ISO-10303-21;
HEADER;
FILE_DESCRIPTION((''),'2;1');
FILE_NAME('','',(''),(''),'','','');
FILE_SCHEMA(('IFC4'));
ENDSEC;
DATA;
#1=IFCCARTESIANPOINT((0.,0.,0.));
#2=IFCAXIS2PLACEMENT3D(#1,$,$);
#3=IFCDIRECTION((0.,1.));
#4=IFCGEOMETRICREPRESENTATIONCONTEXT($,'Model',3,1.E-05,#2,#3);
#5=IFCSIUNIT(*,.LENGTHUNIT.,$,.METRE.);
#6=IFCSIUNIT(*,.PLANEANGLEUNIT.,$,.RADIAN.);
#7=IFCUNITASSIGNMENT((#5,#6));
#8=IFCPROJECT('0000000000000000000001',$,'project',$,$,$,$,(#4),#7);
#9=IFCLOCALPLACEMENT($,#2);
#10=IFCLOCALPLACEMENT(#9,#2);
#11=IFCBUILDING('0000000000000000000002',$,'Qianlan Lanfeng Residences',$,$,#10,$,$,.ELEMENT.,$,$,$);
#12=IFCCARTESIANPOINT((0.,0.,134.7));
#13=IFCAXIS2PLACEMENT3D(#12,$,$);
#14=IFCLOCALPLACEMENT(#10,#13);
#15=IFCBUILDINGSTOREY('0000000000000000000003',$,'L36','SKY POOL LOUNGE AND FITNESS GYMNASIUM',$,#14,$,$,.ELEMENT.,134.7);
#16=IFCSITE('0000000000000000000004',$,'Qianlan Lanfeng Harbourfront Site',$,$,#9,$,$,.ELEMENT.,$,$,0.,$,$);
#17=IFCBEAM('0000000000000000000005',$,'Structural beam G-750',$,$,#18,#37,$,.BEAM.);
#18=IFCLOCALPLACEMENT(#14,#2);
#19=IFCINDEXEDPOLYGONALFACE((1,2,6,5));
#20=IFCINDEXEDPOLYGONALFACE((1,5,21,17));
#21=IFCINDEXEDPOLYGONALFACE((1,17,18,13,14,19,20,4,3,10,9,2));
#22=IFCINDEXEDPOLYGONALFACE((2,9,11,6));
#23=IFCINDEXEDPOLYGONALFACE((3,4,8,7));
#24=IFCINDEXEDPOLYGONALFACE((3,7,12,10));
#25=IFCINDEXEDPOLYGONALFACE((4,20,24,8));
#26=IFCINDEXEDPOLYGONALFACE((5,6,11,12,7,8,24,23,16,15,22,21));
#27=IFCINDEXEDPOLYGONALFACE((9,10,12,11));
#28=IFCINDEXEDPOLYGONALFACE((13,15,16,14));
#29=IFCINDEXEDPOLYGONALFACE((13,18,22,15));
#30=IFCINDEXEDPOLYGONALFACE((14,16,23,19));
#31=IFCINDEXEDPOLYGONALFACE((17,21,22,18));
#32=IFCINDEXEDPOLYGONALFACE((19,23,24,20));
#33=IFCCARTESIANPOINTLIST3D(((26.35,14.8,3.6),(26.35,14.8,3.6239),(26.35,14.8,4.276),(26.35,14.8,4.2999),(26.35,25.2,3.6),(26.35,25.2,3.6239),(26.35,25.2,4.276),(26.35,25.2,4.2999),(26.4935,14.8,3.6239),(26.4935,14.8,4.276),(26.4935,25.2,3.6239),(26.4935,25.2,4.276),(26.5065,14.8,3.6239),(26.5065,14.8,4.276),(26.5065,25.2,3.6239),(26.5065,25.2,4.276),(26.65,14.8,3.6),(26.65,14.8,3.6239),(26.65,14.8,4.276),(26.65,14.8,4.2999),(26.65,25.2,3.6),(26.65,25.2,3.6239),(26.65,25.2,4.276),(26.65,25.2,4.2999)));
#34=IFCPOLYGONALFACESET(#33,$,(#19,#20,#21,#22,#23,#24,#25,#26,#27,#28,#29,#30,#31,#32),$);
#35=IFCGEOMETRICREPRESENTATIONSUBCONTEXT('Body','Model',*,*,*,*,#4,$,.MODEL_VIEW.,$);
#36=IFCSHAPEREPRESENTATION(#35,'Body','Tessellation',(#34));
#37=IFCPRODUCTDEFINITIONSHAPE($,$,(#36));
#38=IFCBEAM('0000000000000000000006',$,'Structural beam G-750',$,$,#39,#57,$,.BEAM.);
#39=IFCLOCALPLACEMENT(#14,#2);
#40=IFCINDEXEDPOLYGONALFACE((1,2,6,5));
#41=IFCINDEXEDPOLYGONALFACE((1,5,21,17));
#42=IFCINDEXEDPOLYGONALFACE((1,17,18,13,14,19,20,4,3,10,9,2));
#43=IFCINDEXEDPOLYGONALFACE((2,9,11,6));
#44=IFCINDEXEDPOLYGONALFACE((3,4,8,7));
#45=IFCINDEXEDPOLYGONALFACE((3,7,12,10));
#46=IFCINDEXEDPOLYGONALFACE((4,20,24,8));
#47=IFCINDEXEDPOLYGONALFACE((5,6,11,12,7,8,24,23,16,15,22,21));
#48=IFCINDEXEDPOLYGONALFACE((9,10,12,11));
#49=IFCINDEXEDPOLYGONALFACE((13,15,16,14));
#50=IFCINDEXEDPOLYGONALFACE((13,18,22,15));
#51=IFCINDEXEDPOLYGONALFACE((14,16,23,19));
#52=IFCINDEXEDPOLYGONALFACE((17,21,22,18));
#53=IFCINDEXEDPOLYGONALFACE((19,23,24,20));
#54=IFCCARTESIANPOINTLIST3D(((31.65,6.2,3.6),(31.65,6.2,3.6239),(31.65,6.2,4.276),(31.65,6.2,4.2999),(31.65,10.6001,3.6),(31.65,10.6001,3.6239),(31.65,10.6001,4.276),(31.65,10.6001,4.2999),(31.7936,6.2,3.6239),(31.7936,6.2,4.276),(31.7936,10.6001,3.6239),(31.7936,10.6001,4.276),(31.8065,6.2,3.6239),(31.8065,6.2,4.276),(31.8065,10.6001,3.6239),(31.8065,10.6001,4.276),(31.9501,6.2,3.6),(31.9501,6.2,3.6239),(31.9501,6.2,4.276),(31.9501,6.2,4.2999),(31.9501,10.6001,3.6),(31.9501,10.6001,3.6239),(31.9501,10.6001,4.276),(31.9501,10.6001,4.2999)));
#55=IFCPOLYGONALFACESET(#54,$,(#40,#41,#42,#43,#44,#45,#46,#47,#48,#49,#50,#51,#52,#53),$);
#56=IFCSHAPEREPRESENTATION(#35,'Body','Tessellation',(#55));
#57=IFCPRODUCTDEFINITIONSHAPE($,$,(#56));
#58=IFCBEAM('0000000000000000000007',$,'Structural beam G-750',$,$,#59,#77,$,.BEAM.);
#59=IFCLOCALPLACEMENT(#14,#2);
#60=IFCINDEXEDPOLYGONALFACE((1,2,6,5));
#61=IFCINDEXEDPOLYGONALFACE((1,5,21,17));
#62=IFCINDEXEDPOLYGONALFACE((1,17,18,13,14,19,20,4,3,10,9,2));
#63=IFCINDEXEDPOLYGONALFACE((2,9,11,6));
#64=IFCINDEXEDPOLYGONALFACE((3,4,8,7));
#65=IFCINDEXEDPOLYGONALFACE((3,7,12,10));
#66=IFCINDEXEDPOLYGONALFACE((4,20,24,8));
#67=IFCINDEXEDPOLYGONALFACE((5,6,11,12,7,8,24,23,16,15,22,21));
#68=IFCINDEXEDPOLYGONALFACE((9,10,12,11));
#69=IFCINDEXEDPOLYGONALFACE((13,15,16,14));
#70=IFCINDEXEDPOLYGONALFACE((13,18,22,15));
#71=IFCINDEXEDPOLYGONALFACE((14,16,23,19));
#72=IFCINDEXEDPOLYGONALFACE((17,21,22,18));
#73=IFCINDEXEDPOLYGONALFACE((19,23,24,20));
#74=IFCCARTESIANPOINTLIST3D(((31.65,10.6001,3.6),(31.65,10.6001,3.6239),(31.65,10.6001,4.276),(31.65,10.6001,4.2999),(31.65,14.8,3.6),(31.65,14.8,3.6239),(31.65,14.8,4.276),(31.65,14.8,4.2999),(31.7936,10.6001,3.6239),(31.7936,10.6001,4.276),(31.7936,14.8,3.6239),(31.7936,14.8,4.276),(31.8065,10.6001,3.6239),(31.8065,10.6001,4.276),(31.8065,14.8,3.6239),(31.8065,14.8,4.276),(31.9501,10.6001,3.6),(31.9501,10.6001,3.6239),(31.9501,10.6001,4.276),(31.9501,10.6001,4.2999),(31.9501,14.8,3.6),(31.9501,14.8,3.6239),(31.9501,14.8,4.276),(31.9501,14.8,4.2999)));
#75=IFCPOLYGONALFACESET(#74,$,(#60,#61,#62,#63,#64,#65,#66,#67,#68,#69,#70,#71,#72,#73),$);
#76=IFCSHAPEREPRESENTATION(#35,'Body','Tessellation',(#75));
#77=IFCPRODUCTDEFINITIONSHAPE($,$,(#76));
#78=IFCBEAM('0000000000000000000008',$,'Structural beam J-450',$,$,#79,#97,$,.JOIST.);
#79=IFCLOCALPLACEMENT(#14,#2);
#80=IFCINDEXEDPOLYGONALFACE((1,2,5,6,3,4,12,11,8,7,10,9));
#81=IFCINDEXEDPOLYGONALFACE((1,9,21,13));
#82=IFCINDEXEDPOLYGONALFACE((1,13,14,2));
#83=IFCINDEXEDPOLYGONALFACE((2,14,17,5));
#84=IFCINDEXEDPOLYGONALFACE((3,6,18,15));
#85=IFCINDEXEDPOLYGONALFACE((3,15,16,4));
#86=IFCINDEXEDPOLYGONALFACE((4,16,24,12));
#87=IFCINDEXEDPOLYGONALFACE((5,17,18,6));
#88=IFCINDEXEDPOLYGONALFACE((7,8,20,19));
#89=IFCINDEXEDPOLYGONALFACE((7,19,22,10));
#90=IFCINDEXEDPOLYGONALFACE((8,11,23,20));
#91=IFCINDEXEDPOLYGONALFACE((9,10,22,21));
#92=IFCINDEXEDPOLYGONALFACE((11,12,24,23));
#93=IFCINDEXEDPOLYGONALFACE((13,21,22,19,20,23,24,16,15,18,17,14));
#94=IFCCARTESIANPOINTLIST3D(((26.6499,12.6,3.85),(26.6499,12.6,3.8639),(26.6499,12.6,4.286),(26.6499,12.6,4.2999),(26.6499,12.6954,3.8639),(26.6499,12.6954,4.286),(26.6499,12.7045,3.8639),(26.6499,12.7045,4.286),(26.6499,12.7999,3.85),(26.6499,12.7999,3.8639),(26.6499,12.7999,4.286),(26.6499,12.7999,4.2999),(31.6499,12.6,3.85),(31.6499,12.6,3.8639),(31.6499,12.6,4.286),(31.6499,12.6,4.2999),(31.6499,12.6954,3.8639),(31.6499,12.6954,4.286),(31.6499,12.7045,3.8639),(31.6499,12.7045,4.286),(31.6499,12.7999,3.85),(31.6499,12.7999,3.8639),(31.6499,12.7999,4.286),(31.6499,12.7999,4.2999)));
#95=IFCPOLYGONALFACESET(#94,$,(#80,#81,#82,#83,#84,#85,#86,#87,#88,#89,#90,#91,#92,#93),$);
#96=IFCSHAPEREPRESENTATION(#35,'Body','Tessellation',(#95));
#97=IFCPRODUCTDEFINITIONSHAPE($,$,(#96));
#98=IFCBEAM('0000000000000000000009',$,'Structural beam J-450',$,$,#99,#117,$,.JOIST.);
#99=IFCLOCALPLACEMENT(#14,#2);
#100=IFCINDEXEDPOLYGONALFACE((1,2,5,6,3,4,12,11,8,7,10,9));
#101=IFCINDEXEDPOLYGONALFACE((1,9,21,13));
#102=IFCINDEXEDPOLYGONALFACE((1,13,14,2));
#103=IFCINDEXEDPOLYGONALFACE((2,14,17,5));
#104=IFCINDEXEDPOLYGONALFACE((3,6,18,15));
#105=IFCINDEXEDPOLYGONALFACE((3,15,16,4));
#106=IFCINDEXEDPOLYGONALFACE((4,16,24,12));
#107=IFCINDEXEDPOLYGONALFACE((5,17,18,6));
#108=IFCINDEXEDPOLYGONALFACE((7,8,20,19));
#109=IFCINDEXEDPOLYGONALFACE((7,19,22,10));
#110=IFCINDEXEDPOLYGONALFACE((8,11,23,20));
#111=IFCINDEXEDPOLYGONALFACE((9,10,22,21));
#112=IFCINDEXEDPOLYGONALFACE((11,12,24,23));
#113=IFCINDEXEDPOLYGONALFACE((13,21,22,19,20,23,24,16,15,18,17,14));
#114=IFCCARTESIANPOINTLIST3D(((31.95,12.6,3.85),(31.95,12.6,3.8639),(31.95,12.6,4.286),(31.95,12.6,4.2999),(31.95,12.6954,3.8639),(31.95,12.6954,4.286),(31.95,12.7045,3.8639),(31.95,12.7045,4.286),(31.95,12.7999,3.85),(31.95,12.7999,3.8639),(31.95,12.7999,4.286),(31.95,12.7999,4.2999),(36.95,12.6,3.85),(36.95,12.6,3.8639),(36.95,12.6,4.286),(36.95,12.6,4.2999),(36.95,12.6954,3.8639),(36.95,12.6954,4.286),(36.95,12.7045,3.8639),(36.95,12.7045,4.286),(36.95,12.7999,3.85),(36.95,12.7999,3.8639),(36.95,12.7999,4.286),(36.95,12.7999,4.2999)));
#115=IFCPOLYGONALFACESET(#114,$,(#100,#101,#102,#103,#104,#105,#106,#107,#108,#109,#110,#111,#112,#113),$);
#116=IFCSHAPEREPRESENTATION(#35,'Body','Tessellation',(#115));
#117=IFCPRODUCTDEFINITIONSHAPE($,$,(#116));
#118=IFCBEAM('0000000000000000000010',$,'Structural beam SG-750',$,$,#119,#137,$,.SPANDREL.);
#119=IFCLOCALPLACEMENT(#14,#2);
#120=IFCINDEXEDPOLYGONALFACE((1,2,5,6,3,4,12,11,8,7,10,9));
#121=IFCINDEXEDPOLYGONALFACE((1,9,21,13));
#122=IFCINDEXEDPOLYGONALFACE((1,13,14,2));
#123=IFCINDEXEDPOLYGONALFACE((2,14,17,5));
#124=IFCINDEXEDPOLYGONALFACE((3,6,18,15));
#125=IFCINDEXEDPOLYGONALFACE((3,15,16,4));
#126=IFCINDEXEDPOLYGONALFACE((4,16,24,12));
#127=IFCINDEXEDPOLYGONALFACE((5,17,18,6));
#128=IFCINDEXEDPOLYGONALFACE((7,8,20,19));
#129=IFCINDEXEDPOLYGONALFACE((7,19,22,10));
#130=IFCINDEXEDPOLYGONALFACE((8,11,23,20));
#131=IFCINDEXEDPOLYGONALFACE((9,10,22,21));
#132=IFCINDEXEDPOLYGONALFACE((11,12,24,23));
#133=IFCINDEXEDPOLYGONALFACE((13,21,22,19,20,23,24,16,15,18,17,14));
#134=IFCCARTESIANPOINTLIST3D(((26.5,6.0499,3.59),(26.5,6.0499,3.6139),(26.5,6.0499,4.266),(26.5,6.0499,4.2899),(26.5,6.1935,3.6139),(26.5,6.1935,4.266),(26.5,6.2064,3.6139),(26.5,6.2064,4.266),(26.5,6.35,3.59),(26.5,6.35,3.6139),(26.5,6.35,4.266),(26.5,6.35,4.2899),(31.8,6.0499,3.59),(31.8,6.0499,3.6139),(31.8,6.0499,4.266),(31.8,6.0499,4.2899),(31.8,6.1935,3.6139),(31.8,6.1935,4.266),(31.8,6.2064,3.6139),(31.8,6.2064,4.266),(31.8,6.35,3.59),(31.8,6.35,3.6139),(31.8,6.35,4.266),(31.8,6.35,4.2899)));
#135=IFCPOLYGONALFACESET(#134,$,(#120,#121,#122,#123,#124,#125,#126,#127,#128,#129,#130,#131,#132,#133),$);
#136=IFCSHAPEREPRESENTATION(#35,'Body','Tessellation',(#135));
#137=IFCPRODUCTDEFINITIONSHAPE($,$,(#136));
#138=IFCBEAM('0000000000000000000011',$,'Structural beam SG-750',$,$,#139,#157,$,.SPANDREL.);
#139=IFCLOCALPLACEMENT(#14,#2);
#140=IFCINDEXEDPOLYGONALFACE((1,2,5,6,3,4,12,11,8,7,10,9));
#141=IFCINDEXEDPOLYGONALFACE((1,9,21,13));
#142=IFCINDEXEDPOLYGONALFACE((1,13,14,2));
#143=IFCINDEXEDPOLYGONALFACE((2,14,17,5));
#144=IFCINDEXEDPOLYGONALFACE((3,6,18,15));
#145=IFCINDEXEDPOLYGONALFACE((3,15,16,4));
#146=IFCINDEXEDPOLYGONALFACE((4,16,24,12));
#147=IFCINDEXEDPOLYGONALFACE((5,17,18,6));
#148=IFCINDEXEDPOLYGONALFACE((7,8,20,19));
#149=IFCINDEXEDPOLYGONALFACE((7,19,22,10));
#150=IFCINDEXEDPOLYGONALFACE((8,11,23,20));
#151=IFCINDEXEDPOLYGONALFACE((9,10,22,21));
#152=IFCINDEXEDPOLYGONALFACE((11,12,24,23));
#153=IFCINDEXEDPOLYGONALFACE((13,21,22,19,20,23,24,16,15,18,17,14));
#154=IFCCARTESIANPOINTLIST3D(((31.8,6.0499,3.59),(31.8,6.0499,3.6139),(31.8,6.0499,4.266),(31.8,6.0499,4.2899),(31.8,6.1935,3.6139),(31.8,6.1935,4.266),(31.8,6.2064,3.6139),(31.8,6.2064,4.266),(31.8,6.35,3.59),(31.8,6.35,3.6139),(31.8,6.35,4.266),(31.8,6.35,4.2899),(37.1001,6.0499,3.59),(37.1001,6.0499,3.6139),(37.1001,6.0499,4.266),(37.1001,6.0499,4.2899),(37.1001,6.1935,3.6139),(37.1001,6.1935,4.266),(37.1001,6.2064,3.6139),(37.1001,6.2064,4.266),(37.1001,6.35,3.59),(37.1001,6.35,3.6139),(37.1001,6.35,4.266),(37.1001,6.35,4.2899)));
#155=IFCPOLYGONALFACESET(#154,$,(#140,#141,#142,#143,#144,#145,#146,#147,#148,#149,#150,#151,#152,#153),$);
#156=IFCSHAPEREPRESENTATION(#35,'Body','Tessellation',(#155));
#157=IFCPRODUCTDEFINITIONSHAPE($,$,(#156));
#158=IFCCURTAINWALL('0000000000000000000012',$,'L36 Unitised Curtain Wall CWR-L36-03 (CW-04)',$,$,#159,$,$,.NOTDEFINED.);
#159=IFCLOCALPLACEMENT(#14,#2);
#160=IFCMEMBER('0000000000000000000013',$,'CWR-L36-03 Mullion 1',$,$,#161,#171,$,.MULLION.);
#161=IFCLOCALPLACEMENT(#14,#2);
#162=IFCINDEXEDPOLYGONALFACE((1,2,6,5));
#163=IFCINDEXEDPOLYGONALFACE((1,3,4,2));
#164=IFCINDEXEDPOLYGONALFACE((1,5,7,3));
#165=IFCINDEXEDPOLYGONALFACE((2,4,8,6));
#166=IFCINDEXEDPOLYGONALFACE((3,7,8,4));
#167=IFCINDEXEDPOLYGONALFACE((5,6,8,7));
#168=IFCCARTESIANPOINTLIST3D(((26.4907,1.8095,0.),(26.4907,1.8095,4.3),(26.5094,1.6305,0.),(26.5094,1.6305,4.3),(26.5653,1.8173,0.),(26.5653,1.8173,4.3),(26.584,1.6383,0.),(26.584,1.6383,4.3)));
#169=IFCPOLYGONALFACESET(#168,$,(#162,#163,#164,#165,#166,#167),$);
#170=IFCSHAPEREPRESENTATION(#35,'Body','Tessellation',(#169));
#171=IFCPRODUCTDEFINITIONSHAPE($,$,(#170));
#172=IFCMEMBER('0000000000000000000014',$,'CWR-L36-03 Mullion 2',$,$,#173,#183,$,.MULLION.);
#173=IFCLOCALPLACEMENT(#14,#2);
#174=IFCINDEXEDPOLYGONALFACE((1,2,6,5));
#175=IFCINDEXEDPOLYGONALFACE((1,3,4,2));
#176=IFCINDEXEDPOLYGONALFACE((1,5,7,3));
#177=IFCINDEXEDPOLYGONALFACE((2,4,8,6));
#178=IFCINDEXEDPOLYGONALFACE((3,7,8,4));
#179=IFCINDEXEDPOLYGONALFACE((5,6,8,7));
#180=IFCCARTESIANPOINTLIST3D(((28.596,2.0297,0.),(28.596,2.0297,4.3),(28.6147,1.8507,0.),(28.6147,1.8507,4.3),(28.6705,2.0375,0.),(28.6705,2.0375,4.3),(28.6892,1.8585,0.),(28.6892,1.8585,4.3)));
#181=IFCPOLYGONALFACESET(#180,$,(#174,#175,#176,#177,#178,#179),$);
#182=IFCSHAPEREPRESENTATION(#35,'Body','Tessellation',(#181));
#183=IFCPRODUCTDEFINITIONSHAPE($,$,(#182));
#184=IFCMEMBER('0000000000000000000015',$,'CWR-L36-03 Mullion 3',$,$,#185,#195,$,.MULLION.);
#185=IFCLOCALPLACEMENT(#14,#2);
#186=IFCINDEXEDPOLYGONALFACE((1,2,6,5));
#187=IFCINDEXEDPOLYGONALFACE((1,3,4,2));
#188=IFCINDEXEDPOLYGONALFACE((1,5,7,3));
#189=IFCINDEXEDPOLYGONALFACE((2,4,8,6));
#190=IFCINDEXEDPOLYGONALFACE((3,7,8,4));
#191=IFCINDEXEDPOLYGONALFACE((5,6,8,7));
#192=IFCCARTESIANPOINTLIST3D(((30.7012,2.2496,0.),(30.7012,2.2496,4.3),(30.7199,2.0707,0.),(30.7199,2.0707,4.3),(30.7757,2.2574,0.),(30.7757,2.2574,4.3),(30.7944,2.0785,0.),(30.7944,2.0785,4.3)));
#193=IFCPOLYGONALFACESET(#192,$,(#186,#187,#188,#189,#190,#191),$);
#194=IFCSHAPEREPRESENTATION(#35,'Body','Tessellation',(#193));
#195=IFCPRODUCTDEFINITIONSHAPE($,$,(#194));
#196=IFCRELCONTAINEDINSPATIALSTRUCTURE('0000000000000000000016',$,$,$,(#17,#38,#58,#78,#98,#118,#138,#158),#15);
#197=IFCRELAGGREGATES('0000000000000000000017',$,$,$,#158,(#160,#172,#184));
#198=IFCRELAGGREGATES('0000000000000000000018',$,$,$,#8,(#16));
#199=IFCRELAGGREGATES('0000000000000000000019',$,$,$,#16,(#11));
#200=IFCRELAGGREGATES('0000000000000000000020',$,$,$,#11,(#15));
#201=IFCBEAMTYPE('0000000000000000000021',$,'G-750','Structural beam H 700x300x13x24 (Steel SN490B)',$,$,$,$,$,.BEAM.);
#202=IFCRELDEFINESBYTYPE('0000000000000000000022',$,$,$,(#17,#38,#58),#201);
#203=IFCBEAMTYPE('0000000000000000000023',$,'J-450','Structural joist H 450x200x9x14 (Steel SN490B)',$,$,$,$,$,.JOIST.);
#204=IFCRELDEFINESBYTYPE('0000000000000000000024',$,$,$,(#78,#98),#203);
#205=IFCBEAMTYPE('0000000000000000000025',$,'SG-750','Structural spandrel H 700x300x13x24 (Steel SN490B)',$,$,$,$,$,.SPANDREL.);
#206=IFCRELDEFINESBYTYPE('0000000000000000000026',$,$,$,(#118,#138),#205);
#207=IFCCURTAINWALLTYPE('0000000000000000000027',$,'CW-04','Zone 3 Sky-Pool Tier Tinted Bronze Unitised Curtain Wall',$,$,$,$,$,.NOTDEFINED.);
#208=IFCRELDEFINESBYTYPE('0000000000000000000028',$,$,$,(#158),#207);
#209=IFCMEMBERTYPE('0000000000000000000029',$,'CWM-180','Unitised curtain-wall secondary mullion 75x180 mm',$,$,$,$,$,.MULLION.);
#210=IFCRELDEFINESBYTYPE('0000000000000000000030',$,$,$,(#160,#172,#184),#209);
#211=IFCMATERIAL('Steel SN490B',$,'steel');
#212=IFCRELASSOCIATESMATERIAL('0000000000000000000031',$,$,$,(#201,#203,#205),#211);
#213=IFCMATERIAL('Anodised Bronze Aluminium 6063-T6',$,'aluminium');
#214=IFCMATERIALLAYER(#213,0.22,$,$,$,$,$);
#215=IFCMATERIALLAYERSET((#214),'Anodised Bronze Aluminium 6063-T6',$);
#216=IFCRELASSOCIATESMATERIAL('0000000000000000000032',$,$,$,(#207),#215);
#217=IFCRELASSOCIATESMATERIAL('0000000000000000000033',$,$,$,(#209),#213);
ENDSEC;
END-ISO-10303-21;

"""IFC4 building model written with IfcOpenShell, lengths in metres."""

from ifc_helpers import new_model, si_unit, direction, frame, origin, origin_2d, place, context, subcontext, project, spatial, rectangle, i_section, extrude, source, transform, mapped, material, layer, layer_set, material_profile, profile_set, type_object, element, aggregate, save


model = new_model("IFC4")

# Units and contexts
model_context = context("Model", 3, precision=1e-05, world=origin(), true_north=direction((0.0, 1.0)))
body_context = subcontext(model_context, "Body", "Model", "MODEL_VIEW")
ifc_project = project(units=[si_unit("LENGTHUNIT", "METRE"), si_unit("PLANEANGLEUNIT", "RADIAN")], contexts=[model_context])

# Site, building, storey
site_placement = place(None, origin())
site = spatial("IfcSite", under=ifc_project, at=site_placement, Name="Qianlan Lanfeng Harbourfront Site", CompositionType="ELEMENT", RefElevation=0.0)
building_placement = place(site_placement, origin())
building = spatial("IfcBuilding", under=site, at=building_placement, Name="Qianlan Lanfeng Residences", CompositionType="ELEMENT")
storey_placement = place(building_placement, frame((0.0, 0.0, 134.7)))
storey = spatial("IfcBuildingStorey", under=building, at=storey_placement, Name="L36", Description="SKY POOL LOUNGE AND FITNESS GYMNASIUM", CompositionType="ELEMENT", Elevation=134.7)

# Shared definitions
ifc_material_1 = material(Name="Steel SN490B", Category="steel")

# Beams
ifc_material_profile_1 = material_profile(ifc_material_1, i_section(OverallWidth=0.3, OverallDepth=0.7, WebThickness=0.0129, FlangeThickness=0.0239, at=origin_2d()), Name="H 700x300x13x24")
ifc_profile_set_1 = profile_set([ifc_material_profile_1], Name="Steel SN490B")
beam_type_1 = type_object("IfcBeamType", Name="G-750", Description="Structural beam H 700x300x13x24 (Steel SN490B)", PredefinedType="BEAM", material=ifc_profile_set_1)
beam_1_placement = place(storey_placement, frame((26.5, 14.8, 3.95), z_axis=(0.0, 1.0, 0.0), x_axis=(-1.0, 0.0, 0.0)))
element("IfcBeam", 1, at=beam_1_placement, inside=storey, type_object=beam_type_1, Name="Structural beam G-750", PredefinedType="BEAM", context=body_context, shape_type="SweptSolid", body=[
    extrude(i_section(OverallWidth=0.3, OverallDepth=0.7, WebThickness=0.0129, FlangeThickness=0.0239, at=origin_2d()), origin(), (0.0, 0.0, 1.0), 10.3999),
])
beam_2_placement = place(storey_placement, frame((31.8, 6.2, 3.95), z_axis=(0.0, 1.0, 0.0), x_axis=(-1.0, 0.0, 0.0)))
element("IfcBeam", 2, at=beam_2_placement, inside=storey, type_object=beam_type_1, Name="Structural beam G-750", PredefinedType="BEAM", context=body_context, shape_type="SweptSolid", body=[
    extrude(i_section(OverallWidth=0.3, OverallDepth=0.7, WebThickness=0.0129, FlangeThickness=0.0239, at=origin_2d()), origin(), (0.0, 0.0, 1.0), 4.4001),
])
beam_3_placement = place(storey_placement, frame((31.8, 10.6001, 3.95), z_axis=(0.0, 1.0, 0.0), x_axis=(-1.0, 0.0, 0.0)))
element("IfcBeam", 3, at=beam_3_placement, inside=storey, type_object=beam_type_1, Name="Structural beam G-750", PredefinedType="BEAM", context=body_context, shape_type="SweptSolid", body=[
    extrude(i_section(OverallWidth=0.3, OverallDepth=0.7, WebThickness=0.0129, FlangeThickness=0.0239, at=origin_2d()), origin(), (0.0, 0.0, 1.0), 4.2),
])
ifc_material_profile_2 = material_profile(ifc_material_1, i_section(OverallWidth=0.2, OverallDepth=0.45, WebThickness=0.009, FlangeThickness=0.0139, at=origin_2d()), Name="H 450x200x9x14")
ifc_profile_set_2 = profile_set([ifc_material_profile_2], Name="Steel SN490B")
beam_type_2 = type_object("IfcBeamType", Name="J-450", Description="Structural joist H 450x200x9x14 (Steel SN490B)", PredefinedType="JOIST", material=ifc_profile_set_2)
for number, where, z_axis, x_axis, name in (
    (4, (26.6499, 12.7, 4.075), (1.0, 0.0, 0.0), (0.0, 1.0, 0.0), "Structural beam J-450"),
    (5, (31.95, 12.7, 4.075), (1.0, 0.0, 0.0), (0.0, 1.0, 0.0), "Structural beam J-450"),
):
    element("IfcBeam", number, at=place(storey_placement, frame(where, z_axis=z_axis, x_axis=x_axis)), inside=storey, type_object=beam_type_2, Name=name, PredefinedType="JOIST", context=body_context, shape_type="SweptSolid", body=[
        extrude(i_section(OverallWidth=0.2, OverallDepth=0.45, WebThickness=0.009, FlangeThickness=0.0139, at=origin_2d()), origin(), (0.0, 0.0, 1.0), 5.0),
    ])
ifc_material_profile_3 = material_profile(ifc_material_1, i_section(OverallWidth=0.3, OverallDepth=0.7, WebThickness=0.0129, FlangeThickness=0.0239, at=origin_2d()), Name="H 700x300x13x24")
ifc_profile_set_3 = profile_set([ifc_material_profile_3], Name="Steel SN490B")
beam_type_3 = type_object("IfcBeamType", Name="SG-750", Description="Structural spandrel H 700x300x13x24 (Steel SN490B)", PredefinedType="SPANDREL", material=ifc_profile_set_3)
for number, where, z_axis, x_axis, name in (
    (6, (26.5, 6.2, 3.9399), (1.0, 0.0, 0.0), (0.0, 1.0, 0.0), "Structural beam SG-750"),
    (7, (31.8, 6.2, 3.9399), (1.0, 0.0, 0.0), (0.0, 1.0, 0.0), "Structural beam SG-750"),
):
    element("IfcBeam", number, at=place(storey_placement, frame(where, z_axis=z_axis, x_axis=x_axis)), inside=storey, type_object=beam_type_3, Name=name, PredefinedType="SPANDREL", context=body_context, shape_type="SweptSolid", body=[
        extrude(i_section(OverallWidth=0.3, OverallDepth=0.7, WebThickness=0.0129, FlangeThickness=0.0239, at=origin_2d()), origin(), (0.0, 0.0, 1.0), 5.3),
    ])

# Curtain wall, members
ifc_material_2 = material(Name="Anodised Bronze Aluminium 6063-T6", Category="aluminium")
ifc_layer_1 = layer(ifc_material_2, 0.22)
ifc_layer_set_1 = layer_set([ifc_layer_1], Name="Anodised Bronze Aluminium 6063-T6")
curtain_wall_type = type_object("IfcCurtainWallType", Name="CW-04", Description="Zone 3 Sky-Pool Tier Tinted Bronze Unitised Curtain Wall", PredefinedType="NOTDEFINED", material=ifc_layer_set_1)
curtain_wall_1_placement = place(storey_placement, origin())
curtain_wall_1 = element("IfcCurtainWall", 8, at=curtain_wall_1_placement, inside=storey, type_object=curtain_wall_type, Name="L36 Unitised Curtain Wall CWR-L36-03 (CW-04)", PredefinedType="NOTDEFINED")
ifc_material_profile_4 = material_profile(ifc_material_2, rectangle(XDim=0.075, YDim=0.1799, at=origin_2d()), Name="ALU MULLION 75x180")
ifc_profile_set_4 = profile_set([ifc_material_profile_4], Name="Anodised Bronze Aluminium 6063-T6")
member_type_1 = type_object("IfcMemberType", Name="CWM-180", Description="Unitised curtain-wall secondary mullion 75x180 mm", PredefinedType="MULLION", material=ifc_profile_set_4)
shared_shape_1 = source(origin(), body_context, "Body", "SweptSolid", [
    extrude(rectangle(XDim=0.075, YDim=0.1799, at=origin_2d()), origin(), (0.0, 0.0, 1.0), 4.3),
])
member_1_placement = place(storey_placement, frame((26.5374, 1.7239, 0.0), z_axis=(0.0, 0.0, 1.0), x_axis=(0.994579, 0.103983, 0.0)))
member_1 = element("IfcMember", 9, at=member_1_placement, type_object=member_type_1, Name="CWR-L36-03 Mullion 1", PredefinedType="MULLION", context=body_context, shape_type="MappedRepresentation", body=[
    mapped(shared_shape_1, transform((0.0, 0.0, 0.0), scale=1.0)),
])
member_2_placement = place(storey_placement, frame((28.6426, 1.9441, 0.0), z_axis=(0.0, 0.0, 1.0), x_axis=(0.994579, 0.103983, 0.0)))
member_2 = element("IfcMember", 10, at=member_2_placement, type_object=member_type_1, Name="CWR-L36-03 Mullion 2", PredefinedType="MULLION", context=body_context, shape_type="MappedRepresentation", body=[
    mapped(shared_shape_1, transform((0.0, 0.0, 0.0), scale=1.0)),
])
member_3_placement = place(storey_placement, frame((30.7478, 2.1641, 0.0), z_axis=(0.0, 0.0, 1.0), x_axis=(0.994579, 0.103983, 0.0)))
member_3 = element("IfcMember", 11, at=member_3_placement, type_object=member_type_1, Name="CWR-L36-03 Mullion 3", PredefinedType="MULLION", context=body_context, shape_type="MappedRepresentation", body=[
    mapped(shared_shape_1, transform((0.0, 0.0, 0.0), scale=1.0)),
])

aggregate(curtain_wall_1, [member_1, member_2, member_3])

save(model, "model.ifc")
